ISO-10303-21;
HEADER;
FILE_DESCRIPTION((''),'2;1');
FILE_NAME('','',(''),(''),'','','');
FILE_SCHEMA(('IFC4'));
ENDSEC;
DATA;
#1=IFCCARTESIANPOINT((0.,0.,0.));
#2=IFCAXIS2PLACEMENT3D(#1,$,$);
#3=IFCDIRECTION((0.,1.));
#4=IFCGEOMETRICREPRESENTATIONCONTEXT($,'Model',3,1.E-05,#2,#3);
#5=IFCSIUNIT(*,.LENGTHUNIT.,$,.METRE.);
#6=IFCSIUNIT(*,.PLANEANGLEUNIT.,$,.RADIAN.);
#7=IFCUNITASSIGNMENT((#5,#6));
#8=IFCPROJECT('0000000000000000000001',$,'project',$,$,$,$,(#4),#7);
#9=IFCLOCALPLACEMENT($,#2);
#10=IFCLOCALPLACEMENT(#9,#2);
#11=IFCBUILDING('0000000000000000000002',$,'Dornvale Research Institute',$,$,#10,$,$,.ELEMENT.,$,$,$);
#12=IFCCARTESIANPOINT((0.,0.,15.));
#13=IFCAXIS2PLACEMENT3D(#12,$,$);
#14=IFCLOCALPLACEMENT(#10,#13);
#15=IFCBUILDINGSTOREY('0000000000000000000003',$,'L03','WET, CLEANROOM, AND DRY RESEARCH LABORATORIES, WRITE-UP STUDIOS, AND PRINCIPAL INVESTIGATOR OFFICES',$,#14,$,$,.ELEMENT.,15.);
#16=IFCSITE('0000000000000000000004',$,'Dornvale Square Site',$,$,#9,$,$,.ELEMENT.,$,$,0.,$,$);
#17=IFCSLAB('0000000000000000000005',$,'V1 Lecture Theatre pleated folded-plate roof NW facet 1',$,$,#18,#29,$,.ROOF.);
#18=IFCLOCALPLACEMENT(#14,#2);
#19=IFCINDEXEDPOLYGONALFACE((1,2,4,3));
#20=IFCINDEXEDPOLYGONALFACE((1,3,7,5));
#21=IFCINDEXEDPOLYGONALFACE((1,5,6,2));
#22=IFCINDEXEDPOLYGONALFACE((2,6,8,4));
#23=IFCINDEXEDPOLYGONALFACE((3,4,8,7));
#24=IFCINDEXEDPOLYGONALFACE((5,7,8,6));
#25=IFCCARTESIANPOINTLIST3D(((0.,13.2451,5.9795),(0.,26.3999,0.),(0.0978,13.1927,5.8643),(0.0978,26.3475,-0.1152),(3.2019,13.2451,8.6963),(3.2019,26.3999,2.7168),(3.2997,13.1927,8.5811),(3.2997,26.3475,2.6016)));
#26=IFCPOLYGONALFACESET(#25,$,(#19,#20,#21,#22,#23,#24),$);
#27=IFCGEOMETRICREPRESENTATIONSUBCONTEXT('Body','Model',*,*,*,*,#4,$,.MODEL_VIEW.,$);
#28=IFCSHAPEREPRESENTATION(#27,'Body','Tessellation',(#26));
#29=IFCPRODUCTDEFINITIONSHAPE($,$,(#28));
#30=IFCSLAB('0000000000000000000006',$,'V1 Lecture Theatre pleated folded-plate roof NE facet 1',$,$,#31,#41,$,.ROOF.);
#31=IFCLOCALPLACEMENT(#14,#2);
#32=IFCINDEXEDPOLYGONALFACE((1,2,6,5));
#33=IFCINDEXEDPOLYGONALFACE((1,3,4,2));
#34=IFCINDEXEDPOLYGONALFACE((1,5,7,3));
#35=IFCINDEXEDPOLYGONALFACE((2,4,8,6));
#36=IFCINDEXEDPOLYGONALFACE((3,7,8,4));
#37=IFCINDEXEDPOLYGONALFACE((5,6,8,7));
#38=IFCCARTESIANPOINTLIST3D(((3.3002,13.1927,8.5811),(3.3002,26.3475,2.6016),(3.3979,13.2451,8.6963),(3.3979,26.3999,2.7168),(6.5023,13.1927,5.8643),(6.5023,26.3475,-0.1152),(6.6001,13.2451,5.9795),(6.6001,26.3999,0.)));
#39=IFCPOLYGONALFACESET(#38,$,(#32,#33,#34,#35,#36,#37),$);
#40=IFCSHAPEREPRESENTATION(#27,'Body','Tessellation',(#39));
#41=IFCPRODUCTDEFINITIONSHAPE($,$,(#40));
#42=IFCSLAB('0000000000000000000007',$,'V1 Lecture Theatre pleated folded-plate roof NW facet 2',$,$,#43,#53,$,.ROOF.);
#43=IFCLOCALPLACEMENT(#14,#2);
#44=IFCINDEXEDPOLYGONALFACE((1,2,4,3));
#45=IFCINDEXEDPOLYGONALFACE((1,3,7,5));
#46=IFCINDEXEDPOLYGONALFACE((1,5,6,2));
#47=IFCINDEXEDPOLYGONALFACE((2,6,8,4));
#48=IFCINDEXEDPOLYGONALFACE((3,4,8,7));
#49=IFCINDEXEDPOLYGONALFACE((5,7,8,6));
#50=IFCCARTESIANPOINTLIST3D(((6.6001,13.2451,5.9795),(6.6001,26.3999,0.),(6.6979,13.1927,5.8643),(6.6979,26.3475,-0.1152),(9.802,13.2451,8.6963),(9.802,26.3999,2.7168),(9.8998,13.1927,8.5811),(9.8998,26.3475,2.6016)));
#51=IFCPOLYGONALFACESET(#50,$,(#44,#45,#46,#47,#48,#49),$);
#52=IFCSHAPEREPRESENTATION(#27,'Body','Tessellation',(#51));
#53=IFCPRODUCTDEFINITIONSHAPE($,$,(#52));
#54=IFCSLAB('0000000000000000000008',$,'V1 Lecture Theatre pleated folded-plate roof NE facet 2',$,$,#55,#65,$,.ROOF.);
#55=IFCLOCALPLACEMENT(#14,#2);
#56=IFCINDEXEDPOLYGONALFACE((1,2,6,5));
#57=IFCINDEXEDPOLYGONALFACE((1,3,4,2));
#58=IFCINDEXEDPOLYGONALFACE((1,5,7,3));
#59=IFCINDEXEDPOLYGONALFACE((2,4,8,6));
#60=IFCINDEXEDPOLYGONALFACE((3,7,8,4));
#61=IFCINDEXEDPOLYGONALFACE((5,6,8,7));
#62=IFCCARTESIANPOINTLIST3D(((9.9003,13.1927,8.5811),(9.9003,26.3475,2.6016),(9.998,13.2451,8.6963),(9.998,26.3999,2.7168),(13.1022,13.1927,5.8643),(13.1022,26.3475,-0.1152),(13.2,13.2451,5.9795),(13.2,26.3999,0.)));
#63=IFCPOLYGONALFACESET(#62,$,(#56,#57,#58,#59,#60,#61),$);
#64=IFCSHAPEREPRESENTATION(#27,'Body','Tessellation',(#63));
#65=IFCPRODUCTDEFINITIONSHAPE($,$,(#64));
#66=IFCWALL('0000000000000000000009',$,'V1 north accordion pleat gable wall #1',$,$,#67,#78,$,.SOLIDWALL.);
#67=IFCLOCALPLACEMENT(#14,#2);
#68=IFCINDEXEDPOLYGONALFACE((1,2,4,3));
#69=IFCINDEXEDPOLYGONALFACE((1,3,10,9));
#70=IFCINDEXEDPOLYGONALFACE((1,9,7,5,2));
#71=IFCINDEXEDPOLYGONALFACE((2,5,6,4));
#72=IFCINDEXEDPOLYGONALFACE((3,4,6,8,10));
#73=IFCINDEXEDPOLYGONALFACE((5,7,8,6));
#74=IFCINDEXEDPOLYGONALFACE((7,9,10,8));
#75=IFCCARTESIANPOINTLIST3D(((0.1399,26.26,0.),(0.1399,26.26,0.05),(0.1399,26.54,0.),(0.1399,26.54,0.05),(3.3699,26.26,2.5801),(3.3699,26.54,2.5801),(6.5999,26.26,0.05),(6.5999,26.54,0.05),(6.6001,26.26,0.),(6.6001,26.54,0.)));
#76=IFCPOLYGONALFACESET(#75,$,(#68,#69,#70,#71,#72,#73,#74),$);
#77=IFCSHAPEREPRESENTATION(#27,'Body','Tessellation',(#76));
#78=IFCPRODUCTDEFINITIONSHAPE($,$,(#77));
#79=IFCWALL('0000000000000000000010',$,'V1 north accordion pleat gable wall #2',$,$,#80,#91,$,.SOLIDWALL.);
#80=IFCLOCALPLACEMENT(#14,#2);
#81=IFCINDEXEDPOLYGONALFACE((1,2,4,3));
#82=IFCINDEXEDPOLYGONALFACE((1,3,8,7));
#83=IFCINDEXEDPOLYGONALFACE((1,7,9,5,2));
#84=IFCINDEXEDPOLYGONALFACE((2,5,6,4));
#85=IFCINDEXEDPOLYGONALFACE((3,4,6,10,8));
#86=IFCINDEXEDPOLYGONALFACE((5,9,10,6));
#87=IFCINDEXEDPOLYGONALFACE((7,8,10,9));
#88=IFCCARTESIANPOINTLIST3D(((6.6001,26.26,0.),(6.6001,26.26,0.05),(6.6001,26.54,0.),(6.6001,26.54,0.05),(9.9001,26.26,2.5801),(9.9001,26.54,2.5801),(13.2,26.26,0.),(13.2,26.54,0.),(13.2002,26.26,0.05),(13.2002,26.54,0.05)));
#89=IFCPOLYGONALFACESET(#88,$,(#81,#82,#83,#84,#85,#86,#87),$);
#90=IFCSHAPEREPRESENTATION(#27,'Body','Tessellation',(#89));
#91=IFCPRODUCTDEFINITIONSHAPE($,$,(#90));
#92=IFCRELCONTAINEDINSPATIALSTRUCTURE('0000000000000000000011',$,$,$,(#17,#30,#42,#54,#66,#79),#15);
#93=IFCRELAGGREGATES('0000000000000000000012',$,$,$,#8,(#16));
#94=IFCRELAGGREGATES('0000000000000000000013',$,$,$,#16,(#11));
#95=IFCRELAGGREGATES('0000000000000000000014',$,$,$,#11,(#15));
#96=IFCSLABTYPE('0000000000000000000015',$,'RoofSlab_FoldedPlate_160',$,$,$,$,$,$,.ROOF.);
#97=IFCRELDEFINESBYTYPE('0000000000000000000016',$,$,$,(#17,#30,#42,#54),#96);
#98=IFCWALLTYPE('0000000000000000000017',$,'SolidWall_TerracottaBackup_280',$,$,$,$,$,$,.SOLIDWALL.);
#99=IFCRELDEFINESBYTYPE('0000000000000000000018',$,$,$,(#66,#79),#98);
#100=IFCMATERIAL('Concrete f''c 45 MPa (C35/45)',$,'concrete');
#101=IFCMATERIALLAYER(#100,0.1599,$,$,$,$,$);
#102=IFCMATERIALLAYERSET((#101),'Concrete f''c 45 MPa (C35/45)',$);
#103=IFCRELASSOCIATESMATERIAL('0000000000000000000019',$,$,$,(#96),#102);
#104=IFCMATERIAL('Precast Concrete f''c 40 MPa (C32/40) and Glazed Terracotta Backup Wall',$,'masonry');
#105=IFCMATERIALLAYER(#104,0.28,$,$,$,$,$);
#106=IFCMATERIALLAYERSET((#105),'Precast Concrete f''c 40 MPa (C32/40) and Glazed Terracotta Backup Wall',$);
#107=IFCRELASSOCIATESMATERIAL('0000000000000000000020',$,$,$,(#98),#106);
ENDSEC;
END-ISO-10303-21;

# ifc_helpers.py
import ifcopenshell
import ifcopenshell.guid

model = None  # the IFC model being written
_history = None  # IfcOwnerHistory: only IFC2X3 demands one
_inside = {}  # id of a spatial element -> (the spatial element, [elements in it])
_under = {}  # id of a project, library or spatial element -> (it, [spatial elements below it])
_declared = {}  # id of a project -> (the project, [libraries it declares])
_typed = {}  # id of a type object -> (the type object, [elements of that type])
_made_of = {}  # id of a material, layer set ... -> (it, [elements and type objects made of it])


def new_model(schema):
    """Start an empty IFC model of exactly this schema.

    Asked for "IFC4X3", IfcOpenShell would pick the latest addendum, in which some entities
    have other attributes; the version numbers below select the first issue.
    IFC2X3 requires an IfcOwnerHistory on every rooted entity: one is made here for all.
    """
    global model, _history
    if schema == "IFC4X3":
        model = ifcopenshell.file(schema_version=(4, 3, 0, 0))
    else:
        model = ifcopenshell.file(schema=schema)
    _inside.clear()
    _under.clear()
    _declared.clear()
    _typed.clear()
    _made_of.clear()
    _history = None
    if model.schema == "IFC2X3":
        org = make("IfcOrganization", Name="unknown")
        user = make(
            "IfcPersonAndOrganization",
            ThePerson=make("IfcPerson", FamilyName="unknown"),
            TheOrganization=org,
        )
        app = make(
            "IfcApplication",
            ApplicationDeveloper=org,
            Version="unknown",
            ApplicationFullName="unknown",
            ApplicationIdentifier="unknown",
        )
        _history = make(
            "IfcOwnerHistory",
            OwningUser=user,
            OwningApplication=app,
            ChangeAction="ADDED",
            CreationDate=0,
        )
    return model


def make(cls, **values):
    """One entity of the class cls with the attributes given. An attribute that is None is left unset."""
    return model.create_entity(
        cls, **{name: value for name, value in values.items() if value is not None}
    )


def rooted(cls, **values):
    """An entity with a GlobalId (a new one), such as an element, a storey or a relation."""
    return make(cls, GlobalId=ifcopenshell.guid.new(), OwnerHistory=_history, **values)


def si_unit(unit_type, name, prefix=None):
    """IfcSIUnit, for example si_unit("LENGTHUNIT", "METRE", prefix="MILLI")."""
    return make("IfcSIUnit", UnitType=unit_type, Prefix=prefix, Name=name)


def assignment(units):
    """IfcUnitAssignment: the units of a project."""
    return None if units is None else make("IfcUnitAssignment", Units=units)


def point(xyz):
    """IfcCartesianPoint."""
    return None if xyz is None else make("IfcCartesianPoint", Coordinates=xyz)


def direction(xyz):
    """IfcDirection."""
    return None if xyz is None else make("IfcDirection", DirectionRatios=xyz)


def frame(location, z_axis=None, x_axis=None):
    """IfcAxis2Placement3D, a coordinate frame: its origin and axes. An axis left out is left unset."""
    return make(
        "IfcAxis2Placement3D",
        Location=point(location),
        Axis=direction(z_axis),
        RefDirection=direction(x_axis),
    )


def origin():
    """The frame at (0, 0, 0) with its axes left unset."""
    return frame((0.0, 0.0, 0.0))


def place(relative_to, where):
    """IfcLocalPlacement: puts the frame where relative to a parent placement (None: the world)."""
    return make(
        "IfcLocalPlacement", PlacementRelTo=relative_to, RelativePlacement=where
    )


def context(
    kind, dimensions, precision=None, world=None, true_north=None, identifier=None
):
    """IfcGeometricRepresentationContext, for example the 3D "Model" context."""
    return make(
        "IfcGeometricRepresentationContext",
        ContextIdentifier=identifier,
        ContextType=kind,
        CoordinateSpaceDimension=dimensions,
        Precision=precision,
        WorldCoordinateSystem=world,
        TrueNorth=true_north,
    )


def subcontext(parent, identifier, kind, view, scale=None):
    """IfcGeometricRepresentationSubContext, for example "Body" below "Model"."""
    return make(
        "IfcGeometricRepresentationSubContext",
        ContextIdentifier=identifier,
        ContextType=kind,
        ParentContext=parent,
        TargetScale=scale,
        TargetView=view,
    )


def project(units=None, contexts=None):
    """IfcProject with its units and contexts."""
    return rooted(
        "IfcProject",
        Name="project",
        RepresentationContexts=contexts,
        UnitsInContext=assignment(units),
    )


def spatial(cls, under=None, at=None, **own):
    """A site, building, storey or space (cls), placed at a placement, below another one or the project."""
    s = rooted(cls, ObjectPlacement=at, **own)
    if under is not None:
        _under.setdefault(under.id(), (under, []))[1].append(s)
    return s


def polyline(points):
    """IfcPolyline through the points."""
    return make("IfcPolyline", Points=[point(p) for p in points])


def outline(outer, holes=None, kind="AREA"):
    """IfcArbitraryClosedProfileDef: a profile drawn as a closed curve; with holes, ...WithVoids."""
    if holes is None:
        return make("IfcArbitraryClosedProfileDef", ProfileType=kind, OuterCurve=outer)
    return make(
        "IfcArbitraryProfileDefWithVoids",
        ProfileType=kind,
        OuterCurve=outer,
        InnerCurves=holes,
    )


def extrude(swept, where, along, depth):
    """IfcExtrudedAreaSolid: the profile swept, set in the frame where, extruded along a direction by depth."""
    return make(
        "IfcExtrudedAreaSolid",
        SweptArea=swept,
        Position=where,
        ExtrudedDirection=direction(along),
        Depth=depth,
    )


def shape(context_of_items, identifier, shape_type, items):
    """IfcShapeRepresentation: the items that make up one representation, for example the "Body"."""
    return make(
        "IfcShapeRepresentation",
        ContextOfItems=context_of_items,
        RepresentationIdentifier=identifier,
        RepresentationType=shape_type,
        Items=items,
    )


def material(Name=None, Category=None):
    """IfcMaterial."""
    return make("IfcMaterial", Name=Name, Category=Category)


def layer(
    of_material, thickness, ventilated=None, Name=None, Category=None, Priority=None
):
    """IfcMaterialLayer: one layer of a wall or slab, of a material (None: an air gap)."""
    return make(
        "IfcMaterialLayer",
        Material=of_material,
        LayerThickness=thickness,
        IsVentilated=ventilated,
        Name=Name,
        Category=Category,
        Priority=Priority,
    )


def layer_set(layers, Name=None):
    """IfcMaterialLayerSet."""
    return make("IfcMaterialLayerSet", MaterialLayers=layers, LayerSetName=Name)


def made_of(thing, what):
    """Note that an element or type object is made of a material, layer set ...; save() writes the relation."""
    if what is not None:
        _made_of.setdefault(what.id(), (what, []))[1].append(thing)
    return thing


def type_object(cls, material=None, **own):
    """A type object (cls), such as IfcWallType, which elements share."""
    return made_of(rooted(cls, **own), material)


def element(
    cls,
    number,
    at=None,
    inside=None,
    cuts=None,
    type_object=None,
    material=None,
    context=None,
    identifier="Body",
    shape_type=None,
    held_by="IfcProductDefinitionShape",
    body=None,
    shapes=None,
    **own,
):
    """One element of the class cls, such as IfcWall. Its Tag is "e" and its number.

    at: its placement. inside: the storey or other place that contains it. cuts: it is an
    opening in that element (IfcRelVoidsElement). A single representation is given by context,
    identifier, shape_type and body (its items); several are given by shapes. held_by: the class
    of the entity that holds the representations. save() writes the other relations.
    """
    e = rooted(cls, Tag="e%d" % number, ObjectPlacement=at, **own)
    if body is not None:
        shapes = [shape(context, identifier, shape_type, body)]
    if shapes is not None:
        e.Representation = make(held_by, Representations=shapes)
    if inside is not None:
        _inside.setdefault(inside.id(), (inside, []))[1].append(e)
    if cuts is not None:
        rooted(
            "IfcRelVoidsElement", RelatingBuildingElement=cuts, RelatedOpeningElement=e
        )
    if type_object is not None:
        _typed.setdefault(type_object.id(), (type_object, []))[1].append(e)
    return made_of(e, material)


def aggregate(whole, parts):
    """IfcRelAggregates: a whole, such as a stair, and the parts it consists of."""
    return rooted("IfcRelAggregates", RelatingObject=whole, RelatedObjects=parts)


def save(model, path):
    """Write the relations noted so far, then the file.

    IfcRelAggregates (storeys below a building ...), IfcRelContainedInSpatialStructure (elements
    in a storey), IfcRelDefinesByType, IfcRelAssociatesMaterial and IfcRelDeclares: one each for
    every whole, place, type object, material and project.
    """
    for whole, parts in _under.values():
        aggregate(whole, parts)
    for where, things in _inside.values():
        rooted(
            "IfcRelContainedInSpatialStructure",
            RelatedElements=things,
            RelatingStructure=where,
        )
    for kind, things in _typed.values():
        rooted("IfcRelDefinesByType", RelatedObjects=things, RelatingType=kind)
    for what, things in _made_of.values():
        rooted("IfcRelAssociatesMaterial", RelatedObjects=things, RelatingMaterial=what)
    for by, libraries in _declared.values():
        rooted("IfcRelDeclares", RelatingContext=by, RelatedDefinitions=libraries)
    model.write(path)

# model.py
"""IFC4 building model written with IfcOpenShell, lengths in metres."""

from ifc_helpers import new_model, si_unit, direction, frame, origin, place, context, subcontext, project, spatial, polyline, outline, extrude, material, layer, layer_set, type_object, element, save


model = new_model("IFC4")

# Units and contexts
model_context = context("Model", 3, precision=1e-05, world=origin(), true_north=direction((0.0, 1.0)))
body_context = subcontext(model_context, "Body", "Model", "MODEL_VIEW")
ifc_project = project(units=[si_unit("LENGTHUNIT", "METRE"), si_unit("PLANEANGLEUNIT", "RADIAN")], contexts=[model_context])

# Site, building, storey
site_placement = place(None, origin())
site = spatial("IfcSite", under=ifc_project, at=site_placement, Name="Dornvale Square Site", CompositionType="ELEMENT", RefElevation=0.0)
building_placement = place(site_placement, origin())
building = spatial("IfcBuilding", under=site, at=building_placement, Name="Dornvale Research Institute", CompositionType="ELEMENT")
storey_placement = place(building_placement, frame((0.0, 0.0, 15.0)))
storey = spatial("IfcBuildingStorey", under=building, at=storey_placement, Name="L03", Description="WET, CLEANROOM, AND DRY RESEARCH LABORATORIES, WRITE-UP STUDIOS, AND PRINCIPAL INVESTIGATOR OFFICES", CompositionType="ELEMENT", Elevation=15.0)

# Slabs
ifc_material_1 = material(Name="Concrete f'c 45 MPa (C35/45)", Category="concrete")
ifc_layer_1 = layer(ifc_material_1, 0.1599)
ifc_layer_set_1 = layer_set([ifc_layer_1], Name="Concrete f'c 45 MPa (C35/45)")
slab_type = type_object("IfcSlabType", Name="RoofSlab_FoldedPlate_160", PredefinedType="ROOF", material=ifc_layer_set_1)
slab_1_placement = place(storey_placement, frame((0.0, 13.2451, 5.9795), z_axis=(-0.611305, 0.327484, 0.720459), x_axis=(0.762506, 0.0, 0.646982)))
element("IfcSlab", 1, at=slab_1_placement, inside=storey, type_object=slab_type, Name="V1 Lecture Theatre pleated folded-plate roof NW facet 1", PredefinedType="ROOF", context=body_context, shape_type="SweptSolid", body=[
    extrude(outline(polyline([(0.0, 0.0), (4.1992, 0.0), (0.3306, 13.9225), (-3.8686, 13.9225), (0.0, 0.0)])), origin(), (0.0, 0.0, -1.0), 0.1599),
])
slab_2_placement = place(storey_placement, frame((3.3979, 13.2451, 8.6963), z_axis=(0.611276, 0.327493, 0.720479), x_axis=(0.76253, 0.0, -0.646953)))
element("IfcSlab", 2, at=slab_2_placement, inside=storey, type_object=slab_type, Name="V1 Lecture Theatre pleated folded-plate roof NE facet 1", PredefinedType="ROOF", context=body_context, shape_type="SweptSolid", body=[
    extrude(outline(polyline([(0.0, 0.0), (4.1994, 0.0), (8.0678, 13.9226), (3.8684, 13.9226), (0.0, 0.0)])), origin(), (0.0, 0.0, -1.0), 0.1599),
])
slab_3_placement = place(storey_placement, frame((6.6001, 13.2451, 5.9795), z_axis=(-0.611305, 0.327484, 0.720459), x_axis=(0.762506, 0.0, 0.646982)))
element("IfcSlab", 3, at=slab_3_placement, inside=storey, type_object=slab_type, Name="V1 Lecture Theatre pleated folded-plate roof NW facet 2", PredefinedType="ROOF", context=body_context, shape_type="SweptSolid", body=[
    extrude(outline(polyline([(0.0, 0.0), (4.1992, 0.0), (0.3306, 13.9225), (-3.8686, 13.9225), (0.0, 0.0)])), origin(), (0.0, 0.0, -1.0), 0.1599),
])
slab_4_placement = place(storey_placement, frame((9.998, 13.2451, 8.6963), z_axis=(0.611305, 0.327484, 0.720459), x_axis=(0.762506, 0.0, -0.646982)))
element("IfcSlab", 4, at=slab_4_placement, inside=storey, type_object=slab_type, Name="V1 Lecture Theatre pleated folded-plate roof NE facet 2", PredefinedType="ROOF", context=body_context, shape_type="SweptSolid", body=[
    extrude(outline(polyline([(0.0, 0.0), (4.1992, 0.0), (8.0678, 13.9225), (3.8686, 13.9225), (0.0, 0.0)])), origin(), (0.0, 0.0, -1.0), 0.1599),
])

# Walls
ifc_material_2 = material(Name="Precast Concrete f'c 40 MPa (C32/40) and Glazed Terracotta Backup Wall", Category="masonry")
ifc_layer_2 = layer(ifc_material_2, 0.28)
ifc_layer_set_2 = layer_set([ifc_layer_2], Name="Precast Concrete f'c 40 MPa (C32/40) and Glazed Terracotta Backup Wall")
wall_type = type_object("IfcWallType", Name="SolidWall_TerracottaBackup_280", PredefinedType="SOLIDWALL", material=ifc_layer_set_2)
wall_1_placement = place(storey_placement, frame((0.1399, 26.3999, 0.0), z_axis=(0.0, 0.0, 1.0), x_axis=(1.0, 0.0, 0.0)))
element("IfcWall", 5, at=wall_1_placement, inside=storey, type_object=wall_type, Name="V1 north accordion pleat gable wall #1", PredefinedType="SOLIDWALL", context=body_context, shape_type="SweptSolid", body=[
    extrude(outline(polyline([(0.0, 0.0), (6.4602, 0.0), (6.46, 0.05), (3.23, 2.5801), (0.0, 0.05), (0.0, 0.0)])), frame((0.0, 0.1401, 0.0), z_axis=(0.0, -1.0, 0.0), x_axis=(1.0, 0.0, 0.0)), (0.0, 0.0, 1.0), 0.28),
])
wall_2_placement = place(storey_placement, frame((6.6001, 26.3999, 0.0), z_axis=(0.0, 0.0, 1.0), x_axis=(1.0, 0.0, 0.0)))
element("IfcWall", 6, at=wall_2_placement, inside=storey, type_object=wall_type, Name="V1 north accordion pleat gable wall #2", PredefinedType="SOLIDWALL", context=body_context, shape_type="SweptSolid", body=[
    extrude(outline(polyline([(0.0, 0.0), (6.5999, 0.0), (6.6001, 0.05), (3.3, 2.5801), (0.0, 0.05), (0.0, 0.0)])), frame((0.0, 0.1401, 0.0), z_axis=(0.0, -1.0, 0.0), x_axis=(1.0, 0.0, 0.0)), (0.0, 0.0, 1.0), 0.28),
])

save(model, "model.ifc")
